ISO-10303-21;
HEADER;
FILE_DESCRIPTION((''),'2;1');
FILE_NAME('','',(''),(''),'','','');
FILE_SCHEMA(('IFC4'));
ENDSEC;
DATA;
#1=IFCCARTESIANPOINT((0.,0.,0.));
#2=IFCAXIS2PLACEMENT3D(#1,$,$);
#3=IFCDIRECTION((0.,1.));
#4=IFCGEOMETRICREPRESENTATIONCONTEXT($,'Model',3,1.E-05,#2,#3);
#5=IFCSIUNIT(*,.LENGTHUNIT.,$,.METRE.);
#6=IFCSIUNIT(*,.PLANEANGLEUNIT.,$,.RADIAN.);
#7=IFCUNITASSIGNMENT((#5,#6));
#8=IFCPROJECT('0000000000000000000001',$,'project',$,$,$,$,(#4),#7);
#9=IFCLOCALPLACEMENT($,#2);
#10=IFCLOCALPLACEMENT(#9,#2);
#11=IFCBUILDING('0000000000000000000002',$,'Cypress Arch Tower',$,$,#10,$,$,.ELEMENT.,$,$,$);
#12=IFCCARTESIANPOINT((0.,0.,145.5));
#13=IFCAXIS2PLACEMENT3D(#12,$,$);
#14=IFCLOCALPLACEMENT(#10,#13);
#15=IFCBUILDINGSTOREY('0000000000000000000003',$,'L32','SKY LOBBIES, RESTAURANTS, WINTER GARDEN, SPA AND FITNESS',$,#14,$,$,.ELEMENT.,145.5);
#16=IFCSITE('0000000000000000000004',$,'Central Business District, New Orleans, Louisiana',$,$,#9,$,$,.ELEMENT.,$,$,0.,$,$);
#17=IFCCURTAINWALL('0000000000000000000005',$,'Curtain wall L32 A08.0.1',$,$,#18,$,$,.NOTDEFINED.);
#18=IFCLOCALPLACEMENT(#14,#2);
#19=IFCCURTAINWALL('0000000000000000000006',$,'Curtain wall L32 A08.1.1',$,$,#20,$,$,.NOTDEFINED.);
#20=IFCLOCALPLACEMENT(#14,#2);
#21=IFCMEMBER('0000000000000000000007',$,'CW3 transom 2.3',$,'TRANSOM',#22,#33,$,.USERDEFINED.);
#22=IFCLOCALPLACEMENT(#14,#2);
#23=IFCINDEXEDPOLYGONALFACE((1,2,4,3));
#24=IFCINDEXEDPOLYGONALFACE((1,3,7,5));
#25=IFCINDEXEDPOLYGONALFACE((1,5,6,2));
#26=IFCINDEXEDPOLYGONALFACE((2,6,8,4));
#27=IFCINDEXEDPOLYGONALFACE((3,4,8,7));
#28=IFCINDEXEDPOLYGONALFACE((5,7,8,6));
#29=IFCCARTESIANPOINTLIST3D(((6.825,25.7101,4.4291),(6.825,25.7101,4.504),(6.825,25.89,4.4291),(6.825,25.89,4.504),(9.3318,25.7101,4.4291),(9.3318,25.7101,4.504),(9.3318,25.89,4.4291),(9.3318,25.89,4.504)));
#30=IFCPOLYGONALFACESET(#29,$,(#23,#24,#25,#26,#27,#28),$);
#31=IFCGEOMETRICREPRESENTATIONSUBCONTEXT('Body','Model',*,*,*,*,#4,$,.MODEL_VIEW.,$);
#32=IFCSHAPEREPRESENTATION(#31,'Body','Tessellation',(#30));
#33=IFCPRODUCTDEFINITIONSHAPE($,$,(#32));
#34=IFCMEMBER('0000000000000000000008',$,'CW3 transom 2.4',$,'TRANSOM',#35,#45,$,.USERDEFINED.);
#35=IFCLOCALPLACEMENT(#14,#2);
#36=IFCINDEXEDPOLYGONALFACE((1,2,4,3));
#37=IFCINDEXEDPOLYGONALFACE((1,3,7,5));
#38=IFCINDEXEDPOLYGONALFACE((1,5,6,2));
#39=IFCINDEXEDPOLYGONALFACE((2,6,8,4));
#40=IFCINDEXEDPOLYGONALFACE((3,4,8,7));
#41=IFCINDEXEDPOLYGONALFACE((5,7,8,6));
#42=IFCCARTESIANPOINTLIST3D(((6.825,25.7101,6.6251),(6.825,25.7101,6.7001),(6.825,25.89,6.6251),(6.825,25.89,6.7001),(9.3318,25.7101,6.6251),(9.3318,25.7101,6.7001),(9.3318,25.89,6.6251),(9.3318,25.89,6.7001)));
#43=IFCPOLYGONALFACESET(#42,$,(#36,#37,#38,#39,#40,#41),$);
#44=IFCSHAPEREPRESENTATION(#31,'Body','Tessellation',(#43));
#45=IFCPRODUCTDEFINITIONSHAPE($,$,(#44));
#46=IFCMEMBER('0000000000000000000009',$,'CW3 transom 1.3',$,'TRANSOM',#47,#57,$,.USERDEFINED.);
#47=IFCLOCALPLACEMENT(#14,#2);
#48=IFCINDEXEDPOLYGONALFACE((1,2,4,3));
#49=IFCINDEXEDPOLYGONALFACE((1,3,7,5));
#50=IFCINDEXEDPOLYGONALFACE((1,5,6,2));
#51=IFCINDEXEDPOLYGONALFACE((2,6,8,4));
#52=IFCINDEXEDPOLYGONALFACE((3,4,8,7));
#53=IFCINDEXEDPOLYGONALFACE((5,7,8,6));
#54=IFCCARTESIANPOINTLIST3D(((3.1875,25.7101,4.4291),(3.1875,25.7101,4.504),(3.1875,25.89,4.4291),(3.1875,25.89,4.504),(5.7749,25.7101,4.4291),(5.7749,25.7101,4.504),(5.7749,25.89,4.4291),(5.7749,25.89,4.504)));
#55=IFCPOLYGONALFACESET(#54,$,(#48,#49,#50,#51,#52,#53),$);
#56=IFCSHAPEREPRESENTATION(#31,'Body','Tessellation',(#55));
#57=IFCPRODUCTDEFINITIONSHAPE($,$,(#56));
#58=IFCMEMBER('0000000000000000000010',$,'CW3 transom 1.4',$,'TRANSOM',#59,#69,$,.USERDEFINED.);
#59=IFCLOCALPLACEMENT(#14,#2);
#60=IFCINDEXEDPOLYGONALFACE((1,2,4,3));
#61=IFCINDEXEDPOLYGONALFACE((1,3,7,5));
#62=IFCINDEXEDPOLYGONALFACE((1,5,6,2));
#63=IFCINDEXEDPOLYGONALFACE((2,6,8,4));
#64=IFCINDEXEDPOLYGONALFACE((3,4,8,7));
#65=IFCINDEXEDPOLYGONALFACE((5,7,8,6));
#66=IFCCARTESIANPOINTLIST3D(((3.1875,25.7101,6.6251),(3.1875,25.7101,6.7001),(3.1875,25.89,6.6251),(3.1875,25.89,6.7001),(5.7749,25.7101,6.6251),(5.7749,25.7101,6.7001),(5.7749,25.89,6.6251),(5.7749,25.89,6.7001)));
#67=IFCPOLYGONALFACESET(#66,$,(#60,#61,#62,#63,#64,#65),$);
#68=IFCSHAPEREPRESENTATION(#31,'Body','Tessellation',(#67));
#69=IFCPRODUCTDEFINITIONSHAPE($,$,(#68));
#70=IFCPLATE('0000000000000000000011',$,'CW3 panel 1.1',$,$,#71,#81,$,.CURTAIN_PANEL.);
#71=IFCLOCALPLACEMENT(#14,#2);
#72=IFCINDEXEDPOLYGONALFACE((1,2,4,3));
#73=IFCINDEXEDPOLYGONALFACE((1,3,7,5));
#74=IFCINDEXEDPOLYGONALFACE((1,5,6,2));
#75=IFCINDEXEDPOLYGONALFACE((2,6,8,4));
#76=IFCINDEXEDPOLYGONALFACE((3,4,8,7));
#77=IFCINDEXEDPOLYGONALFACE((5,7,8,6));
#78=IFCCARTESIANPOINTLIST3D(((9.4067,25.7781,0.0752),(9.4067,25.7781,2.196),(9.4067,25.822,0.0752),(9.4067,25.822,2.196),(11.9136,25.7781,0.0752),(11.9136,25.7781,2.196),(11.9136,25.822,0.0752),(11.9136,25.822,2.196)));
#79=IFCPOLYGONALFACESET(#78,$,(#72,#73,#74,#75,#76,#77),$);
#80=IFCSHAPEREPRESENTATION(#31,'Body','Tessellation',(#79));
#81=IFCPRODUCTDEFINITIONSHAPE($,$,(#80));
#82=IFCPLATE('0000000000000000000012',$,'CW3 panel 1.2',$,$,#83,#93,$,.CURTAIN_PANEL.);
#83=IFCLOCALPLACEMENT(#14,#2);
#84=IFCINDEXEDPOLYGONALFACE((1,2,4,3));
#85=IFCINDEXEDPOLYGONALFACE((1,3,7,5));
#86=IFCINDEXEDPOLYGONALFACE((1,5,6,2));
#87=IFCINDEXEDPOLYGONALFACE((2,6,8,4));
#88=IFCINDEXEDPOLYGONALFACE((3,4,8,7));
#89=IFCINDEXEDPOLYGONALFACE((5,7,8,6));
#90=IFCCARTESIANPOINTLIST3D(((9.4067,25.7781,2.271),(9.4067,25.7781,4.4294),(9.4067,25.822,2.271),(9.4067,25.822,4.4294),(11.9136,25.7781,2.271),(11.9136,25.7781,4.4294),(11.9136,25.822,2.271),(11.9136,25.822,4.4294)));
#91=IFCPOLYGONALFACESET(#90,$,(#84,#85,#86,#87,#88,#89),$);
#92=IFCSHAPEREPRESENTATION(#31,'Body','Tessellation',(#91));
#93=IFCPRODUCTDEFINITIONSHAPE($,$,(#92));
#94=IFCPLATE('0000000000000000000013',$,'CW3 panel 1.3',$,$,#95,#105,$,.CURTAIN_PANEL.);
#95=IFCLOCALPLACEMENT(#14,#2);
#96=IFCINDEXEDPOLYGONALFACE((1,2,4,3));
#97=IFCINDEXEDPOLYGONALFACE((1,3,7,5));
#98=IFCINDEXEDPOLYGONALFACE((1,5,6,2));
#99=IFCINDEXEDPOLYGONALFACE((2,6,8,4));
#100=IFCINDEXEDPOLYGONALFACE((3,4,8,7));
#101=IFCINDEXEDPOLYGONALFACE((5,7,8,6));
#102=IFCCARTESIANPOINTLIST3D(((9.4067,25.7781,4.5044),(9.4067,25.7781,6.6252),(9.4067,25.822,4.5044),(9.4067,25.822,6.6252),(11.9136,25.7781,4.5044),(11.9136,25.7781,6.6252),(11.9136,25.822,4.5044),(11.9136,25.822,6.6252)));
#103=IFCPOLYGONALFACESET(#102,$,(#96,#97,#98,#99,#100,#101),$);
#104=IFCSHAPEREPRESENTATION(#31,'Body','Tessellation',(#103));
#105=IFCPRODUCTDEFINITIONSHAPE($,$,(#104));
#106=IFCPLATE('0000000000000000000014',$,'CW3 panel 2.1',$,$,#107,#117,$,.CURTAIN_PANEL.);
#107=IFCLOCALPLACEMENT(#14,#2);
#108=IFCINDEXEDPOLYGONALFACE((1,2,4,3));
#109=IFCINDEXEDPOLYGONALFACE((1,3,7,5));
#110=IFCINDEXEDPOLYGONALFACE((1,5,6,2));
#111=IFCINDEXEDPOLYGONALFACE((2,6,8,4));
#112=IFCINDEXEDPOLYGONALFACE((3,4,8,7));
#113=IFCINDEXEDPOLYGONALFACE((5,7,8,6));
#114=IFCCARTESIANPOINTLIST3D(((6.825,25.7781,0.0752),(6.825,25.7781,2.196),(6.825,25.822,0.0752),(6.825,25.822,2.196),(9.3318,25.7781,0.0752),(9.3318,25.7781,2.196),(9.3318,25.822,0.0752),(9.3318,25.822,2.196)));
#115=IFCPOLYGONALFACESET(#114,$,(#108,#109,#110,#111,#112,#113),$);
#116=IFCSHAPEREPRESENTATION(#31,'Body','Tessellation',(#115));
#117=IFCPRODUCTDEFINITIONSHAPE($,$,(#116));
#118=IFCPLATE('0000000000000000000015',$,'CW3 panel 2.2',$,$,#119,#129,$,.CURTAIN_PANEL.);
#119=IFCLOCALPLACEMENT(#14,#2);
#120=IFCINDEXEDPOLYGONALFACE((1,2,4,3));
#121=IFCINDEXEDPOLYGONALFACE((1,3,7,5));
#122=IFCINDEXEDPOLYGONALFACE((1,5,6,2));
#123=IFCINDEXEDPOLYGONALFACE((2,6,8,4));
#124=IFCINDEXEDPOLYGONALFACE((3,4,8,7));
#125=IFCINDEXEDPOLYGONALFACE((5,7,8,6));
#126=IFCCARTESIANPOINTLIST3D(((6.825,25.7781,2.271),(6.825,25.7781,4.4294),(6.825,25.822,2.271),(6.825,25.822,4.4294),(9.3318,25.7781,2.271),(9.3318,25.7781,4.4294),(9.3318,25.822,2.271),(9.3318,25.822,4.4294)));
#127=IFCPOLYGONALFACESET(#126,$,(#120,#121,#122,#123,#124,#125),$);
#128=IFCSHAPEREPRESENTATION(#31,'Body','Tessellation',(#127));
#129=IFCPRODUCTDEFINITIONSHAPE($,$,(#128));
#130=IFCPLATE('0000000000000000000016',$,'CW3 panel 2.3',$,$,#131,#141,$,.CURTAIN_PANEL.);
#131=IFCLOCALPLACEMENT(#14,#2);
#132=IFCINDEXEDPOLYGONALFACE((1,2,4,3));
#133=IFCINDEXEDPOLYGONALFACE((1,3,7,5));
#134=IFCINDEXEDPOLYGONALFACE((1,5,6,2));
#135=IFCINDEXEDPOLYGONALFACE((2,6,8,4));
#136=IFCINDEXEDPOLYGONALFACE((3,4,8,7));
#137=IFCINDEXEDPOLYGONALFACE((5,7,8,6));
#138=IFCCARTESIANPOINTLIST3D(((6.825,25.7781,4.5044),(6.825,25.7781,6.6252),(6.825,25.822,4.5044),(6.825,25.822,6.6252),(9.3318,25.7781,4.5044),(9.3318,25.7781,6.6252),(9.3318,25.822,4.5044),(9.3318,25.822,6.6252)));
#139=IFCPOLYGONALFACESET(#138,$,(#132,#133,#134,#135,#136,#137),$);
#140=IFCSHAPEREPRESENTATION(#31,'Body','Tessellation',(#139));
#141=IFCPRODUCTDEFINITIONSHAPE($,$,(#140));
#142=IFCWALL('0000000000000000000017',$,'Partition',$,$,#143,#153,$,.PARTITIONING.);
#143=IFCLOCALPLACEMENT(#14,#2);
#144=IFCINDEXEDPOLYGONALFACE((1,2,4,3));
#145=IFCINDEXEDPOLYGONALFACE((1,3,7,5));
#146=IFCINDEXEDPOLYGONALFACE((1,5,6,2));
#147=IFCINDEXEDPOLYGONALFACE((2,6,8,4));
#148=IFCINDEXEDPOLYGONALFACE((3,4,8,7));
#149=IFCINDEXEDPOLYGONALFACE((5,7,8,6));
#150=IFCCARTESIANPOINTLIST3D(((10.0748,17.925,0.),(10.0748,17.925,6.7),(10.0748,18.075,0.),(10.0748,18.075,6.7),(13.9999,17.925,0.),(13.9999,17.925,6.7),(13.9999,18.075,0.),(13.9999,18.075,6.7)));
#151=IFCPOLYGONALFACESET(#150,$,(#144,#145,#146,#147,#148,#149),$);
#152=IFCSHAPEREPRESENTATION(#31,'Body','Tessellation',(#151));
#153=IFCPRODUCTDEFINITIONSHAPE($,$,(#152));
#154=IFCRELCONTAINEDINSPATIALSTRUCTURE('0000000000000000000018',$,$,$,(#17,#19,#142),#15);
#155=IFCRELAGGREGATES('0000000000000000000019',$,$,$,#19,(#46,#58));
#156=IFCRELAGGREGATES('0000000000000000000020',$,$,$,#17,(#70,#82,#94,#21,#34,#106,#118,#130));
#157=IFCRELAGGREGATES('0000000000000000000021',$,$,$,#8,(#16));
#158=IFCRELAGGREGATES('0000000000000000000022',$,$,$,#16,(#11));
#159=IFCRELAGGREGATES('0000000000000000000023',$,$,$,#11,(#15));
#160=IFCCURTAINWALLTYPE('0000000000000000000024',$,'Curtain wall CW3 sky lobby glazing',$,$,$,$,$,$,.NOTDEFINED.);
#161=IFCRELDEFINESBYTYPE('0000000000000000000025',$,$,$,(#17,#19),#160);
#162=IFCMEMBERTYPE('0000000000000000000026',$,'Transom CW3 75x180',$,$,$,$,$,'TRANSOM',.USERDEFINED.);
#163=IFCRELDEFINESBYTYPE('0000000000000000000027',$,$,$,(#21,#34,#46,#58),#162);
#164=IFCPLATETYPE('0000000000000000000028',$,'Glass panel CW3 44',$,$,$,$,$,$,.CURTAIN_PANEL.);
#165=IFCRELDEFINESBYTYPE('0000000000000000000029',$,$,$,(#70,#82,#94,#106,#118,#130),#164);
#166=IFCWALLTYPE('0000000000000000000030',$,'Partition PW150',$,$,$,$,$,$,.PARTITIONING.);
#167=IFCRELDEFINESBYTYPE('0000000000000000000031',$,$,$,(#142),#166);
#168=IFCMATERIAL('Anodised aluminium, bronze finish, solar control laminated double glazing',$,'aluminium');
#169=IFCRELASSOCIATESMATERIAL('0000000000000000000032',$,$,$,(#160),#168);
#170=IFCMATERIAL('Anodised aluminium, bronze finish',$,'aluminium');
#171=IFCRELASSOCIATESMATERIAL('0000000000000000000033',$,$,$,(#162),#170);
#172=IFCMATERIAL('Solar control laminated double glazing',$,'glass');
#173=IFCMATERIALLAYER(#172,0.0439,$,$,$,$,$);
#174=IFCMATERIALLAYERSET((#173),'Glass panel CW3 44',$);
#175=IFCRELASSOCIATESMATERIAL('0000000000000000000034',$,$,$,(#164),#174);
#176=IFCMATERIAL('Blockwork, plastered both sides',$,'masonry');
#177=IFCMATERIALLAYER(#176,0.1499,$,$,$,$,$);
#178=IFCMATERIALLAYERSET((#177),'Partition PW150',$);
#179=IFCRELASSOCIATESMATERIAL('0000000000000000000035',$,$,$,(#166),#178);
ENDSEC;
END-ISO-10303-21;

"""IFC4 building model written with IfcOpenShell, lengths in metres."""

from ifc_helpers import new_model, si_unit, direction, frame, frame_2d, origin, origin_2d, place, context, subcontext, project, spatial, rectangle, extrude, material, layer, layer_set, material_profile, profile_set, type_object, element, aggregate, save


model = new_model("IFC4")

# Units and contexts
model_context = context("Model", 3, precision=1e-05, world=origin(), true_north=direction((0.0, 1.0)))
body_context = subcontext(model_context, "Body", "Model", "MODEL_VIEW")
ifc_project = project(units=[si_unit("LENGTHUNIT", "METRE"), si_unit("PLANEANGLEUNIT", "RADIAN")], contexts=[model_context])

# Site, building, storey
site_placement = place(None, origin())
site = spatial("IfcSite", under=ifc_project, at=site_placement, Name="Central Business District, New Orleans, Louisiana", CompositionType="ELEMENT", RefElevation=0.0)
building_placement = place(site_placement, origin())
building = spatial("IfcBuilding", under=site, at=building_placement, Name="Cypress Arch Tower", CompositionType="ELEMENT")
storey_placement = place(building_placement, frame((0.0, 0.0, 145.5)))
storey = spatial("IfcBuildingStorey", under=building, at=storey_placement, Name="L32", Description="SKY LOBBIES, RESTAURANTS, WINTER GARDEN, SPA AND FITNESS", CompositionType="ELEMENT", Elevation=145.5)

# Curtain wall
ifc_material_1 = material(Name="Anodised aluminium, bronze finish, solar control laminated double glazing", Category="aluminium")
curtain_wall_type = type_object("IfcCurtainWallType", Name="Curtain wall CW3 sky lobby glazing", PredefinedType="NOTDEFINED", material=ifc_material_1)
curtain_wall_1_placement = place(storey_placement, origin())
curtain_wall_1 = element("IfcCurtainWall", 1, at=curtain_wall_1_placement, inside=storey, type_object=curtain_wall_type, Name="Curtain wall L32 A08.0.1", PredefinedType="NOTDEFINED")

# Curtain wall
curtain_wall_2_placement = place(storey_placement, origin())
curtain_wall_2 = element("IfcCurtainWall", 2, at=curtain_wall_2_placement, inside=storey, type_object=curtain_wall_type, Name="Curtain wall L32 A08.1.1", PredefinedType="NOTDEFINED")

# Members
ifc_material_2 = material(Name="Anodised aluminium, bronze finish", Category="aluminium")
ifc_material_profile_1 = material_profile(ifc_material_2, rectangle(XDim=0.1799, YDim=0.075, at=origin_2d()), Name="Transom 75x180")
ifc_profile_set_1 = profile_set([ifc_material_profile_1], Name="Anodised aluminium, bronze finish")
member_type_1 = type_object("IfcMemberType", Name="Transom CW3 75x180", ElementType="TRANSOM", PredefinedType="USERDEFINED", material=ifc_profile_set_1)
member_1_placement = place(storey_placement, frame((9.3318, 25.8, 4.4666), z_axis=(-1.0, 0.0, 0.0), x_axis=(0.0, -1.0, 0.0)))
member_1 = element("IfcMember", 3, at=member_1_placement, type_object=member_type_1, Name="CW3 transom 2.3", ObjectType="TRANSOM", PredefinedType="USERDEFINED", context=body_context, shape_type="SweptSolid", body=[
    extrude(rectangle(XDim=0.1799, YDim=0.075, at=origin_2d()), origin(), (0.0, 0.0, 1.0), 2.5068),
])
member_2_placement = place(storey_placement, frame((9.3318, 25.8, 6.6626), z_axis=(-1.0, 0.0, 0.0), x_axis=(0.0, -1.0, 0.0)))
member_2 = element("IfcMember", 4, at=member_2_placement, type_object=member_type_1, Name="CW3 transom 2.4", ObjectType="TRANSOM", PredefinedType="USERDEFINED", context=body_context, shape_type="SweptSolid", body=[
    extrude(rectangle(XDim=0.1799, YDim=0.075, at=origin_2d()), origin(), (0.0, 0.0, 1.0), 2.5068),
])
member_3_placement = place(storey_placement, frame((5.7749, 25.8, 4.4666), z_axis=(-1.0, 0.0, 0.0), x_axis=(0.0, -1.0, 0.0)))
member_3 = element("IfcMember", 5, at=member_3_placement, type_object=member_type_1, Name="CW3 transom 1.3", ObjectType="TRANSOM", PredefinedType="USERDEFINED", context=body_context, shape_type="SweptSolid", body=[
    extrude(rectangle(XDim=0.1799, YDim=0.075, at=origin_2d()), origin(), (0.0, 0.0, 1.0), 2.5874),
])
member_4_placement = place(storey_placement, frame((5.7749, 25.8, 6.6626), z_axis=(-1.0, 0.0, 0.0), x_axis=(0.0, -1.0, 0.0)))
member_4 = element("IfcMember", 6, at=member_4_placement, type_object=member_type_1, Name="CW3 transom 1.4", ObjectType="TRANSOM", PredefinedType="USERDEFINED", context=body_context, shape_type="SweptSolid", body=[
    extrude(rectangle(XDim=0.1799, YDim=0.075, at=origin_2d()), origin(), (0.0, 0.0, 1.0), 2.5874),
])
aggregate(curtain_wall_2, [member_3, member_4])

# Plates
ifc_material_3 = material(Name="Solar control laminated double glazing", Category="glass")
ifc_layer_1 = layer(ifc_material_3, 0.0439)
ifc_layer_set_1 = layer_set([ifc_layer_1], Name="Glass panel CW3 44")
plate_type = type_object("IfcPlateType", Name="Glass panel CW3 44", PredefinedType="CURTAIN_PANEL", material=ifc_layer_set_1)
plate_1_placement = place(storey_placement, frame((10.6602, 25.8, 0.0752), z_axis=(0.0, 0.0, 1.0), x_axis=(-1.0, 0.0, 0.0)))
plate_1 = element("IfcPlate", 7, at=plate_1_placement, type_object=plate_type, Name="CW3 panel 1.1", PredefinedType="CURTAIN_PANEL", context=body_context, shape_type="SweptSolid", body=[
    extrude(rectangle(XDim=2.5068, YDim=0.0439, at=origin_2d()), origin(), (0.0, 0.0, 1.0), 2.1208),
])
plate_2_placement = place(storey_placement, frame((10.6602, 25.8, 2.271), z_axis=(0.0, 0.0, 1.0), x_axis=(-1.0, 0.0, 0.0)))
plate_2 = element("IfcPlate", 8, at=plate_2_placement, type_object=plate_type, Name="CW3 panel 1.2", PredefinedType="CURTAIN_PANEL", context=body_context, shape_type="SweptSolid", body=[
    extrude(rectangle(XDim=2.5068, YDim=0.0439, at=origin_2d()), origin(), (0.0, 0.0, 1.0), 2.1584),
])
plate_3_placement = place(storey_placement, frame((10.6602, 25.8, 4.5044), z_axis=(0.0, 0.0, 1.0), x_axis=(-1.0, 0.0, 0.0)))
plate_3 = element("IfcPlate", 9, at=plate_3_placement, type_object=plate_type, Name="CW3 panel 1.3", PredefinedType="CURTAIN_PANEL", context=body_context, shape_type="SweptSolid", body=[
    extrude(rectangle(XDim=2.5068, YDim=0.0439, at=origin_2d()), origin(), (0.0, 0.0, 1.0), 2.1208),
])
plate_4_placement = place(storey_placement, frame((8.0784, 25.8, 0.0752), z_axis=(0.0, 0.0, 1.0), x_axis=(-1.0, 0.0, 0.0)))
plate_4 = element("IfcPlate", 10, at=plate_4_placement, type_object=plate_type, Name="CW3 panel 2.1", PredefinedType="CURTAIN_PANEL", context=body_context, shape_type="SweptSolid", body=[
    extrude(rectangle(XDim=2.5068, YDim=0.0439, at=origin_2d()), origin(), (0.0, 0.0, 1.0), 2.1208),
])
plate_5_placement = place(storey_placement, frame((8.0784, 25.8, 2.271), z_axis=(0.0, 0.0, 1.0), x_axis=(-1.0, 0.0, 0.0)))
plate_5 = element("IfcPlate", 11, at=plate_5_placement, type_object=plate_type, Name="CW3 panel 2.2", PredefinedType="CURTAIN_PANEL", context=body_context, shape_type="SweptSolid", body=[
    extrude(rectangle(XDim=2.5068, YDim=0.0439, at=origin_2d()), origin(), (0.0, 0.0, 1.0), 2.1584),
])
plate_6_placement = place(storey_placement, frame((8.0784, 25.8, 4.5044), z_axis=(0.0, 0.0, 1.0), x_axis=(-1.0, 0.0, 0.0)))
plate_6 = element("IfcPlate", 12, at=plate_6_placement, type_object=plate_type, Name="CW3 panel 2.3", PredefinedType="CURTAIN_PANEL", context=body_context, shape_type="SweptSolid", body=[
    extrude(rectangle(XDim=2.5068, YDim=0.0439, at=origin_2d()), origin(), (0.0, 0.0, 1.0), 2.1208),
])
aggregate(curtain_wall_1, [plate_1, plate_2, plate_3, member_1, member_2, plate_4, plate_5, plate_6])

# Wall
ifc_material_4 = material(Name="Blockwork, plastered both sides", Category="masonry")
ifc_layer_2 = layer(ifc_material_4, 0.1499)
ifc_layer_set_2 = layer_set([ifc_layer_2], Name="Partition PW150")
wall_type = type_object("IfcWallType", Name="Partition PW150", PredefinedType="PARTITIONING", material=ifc_layer_set_2)
wall_placement = place(storey_placement, frame((10.075, 18.0, 0.0), z_axis=(0.0, 0.0, 1.0), x_axis=(1.0, 0.0, 0.0)))
element("IfcWall", 13, at=wall_placement, inside=storey, type_object=wall_type, Name="Partition", PredefinedType="PARTITIONING", context=body_context, shape_type="SweptSolid", body=[
    extrude(rectangle(XDim=3.925, YDim=0.1499, at=frame_2d((1.9624, 0.0))), origin(), (0.0, 0.0, 1.0), 6.7),
])

save(model, "model.ifc")
